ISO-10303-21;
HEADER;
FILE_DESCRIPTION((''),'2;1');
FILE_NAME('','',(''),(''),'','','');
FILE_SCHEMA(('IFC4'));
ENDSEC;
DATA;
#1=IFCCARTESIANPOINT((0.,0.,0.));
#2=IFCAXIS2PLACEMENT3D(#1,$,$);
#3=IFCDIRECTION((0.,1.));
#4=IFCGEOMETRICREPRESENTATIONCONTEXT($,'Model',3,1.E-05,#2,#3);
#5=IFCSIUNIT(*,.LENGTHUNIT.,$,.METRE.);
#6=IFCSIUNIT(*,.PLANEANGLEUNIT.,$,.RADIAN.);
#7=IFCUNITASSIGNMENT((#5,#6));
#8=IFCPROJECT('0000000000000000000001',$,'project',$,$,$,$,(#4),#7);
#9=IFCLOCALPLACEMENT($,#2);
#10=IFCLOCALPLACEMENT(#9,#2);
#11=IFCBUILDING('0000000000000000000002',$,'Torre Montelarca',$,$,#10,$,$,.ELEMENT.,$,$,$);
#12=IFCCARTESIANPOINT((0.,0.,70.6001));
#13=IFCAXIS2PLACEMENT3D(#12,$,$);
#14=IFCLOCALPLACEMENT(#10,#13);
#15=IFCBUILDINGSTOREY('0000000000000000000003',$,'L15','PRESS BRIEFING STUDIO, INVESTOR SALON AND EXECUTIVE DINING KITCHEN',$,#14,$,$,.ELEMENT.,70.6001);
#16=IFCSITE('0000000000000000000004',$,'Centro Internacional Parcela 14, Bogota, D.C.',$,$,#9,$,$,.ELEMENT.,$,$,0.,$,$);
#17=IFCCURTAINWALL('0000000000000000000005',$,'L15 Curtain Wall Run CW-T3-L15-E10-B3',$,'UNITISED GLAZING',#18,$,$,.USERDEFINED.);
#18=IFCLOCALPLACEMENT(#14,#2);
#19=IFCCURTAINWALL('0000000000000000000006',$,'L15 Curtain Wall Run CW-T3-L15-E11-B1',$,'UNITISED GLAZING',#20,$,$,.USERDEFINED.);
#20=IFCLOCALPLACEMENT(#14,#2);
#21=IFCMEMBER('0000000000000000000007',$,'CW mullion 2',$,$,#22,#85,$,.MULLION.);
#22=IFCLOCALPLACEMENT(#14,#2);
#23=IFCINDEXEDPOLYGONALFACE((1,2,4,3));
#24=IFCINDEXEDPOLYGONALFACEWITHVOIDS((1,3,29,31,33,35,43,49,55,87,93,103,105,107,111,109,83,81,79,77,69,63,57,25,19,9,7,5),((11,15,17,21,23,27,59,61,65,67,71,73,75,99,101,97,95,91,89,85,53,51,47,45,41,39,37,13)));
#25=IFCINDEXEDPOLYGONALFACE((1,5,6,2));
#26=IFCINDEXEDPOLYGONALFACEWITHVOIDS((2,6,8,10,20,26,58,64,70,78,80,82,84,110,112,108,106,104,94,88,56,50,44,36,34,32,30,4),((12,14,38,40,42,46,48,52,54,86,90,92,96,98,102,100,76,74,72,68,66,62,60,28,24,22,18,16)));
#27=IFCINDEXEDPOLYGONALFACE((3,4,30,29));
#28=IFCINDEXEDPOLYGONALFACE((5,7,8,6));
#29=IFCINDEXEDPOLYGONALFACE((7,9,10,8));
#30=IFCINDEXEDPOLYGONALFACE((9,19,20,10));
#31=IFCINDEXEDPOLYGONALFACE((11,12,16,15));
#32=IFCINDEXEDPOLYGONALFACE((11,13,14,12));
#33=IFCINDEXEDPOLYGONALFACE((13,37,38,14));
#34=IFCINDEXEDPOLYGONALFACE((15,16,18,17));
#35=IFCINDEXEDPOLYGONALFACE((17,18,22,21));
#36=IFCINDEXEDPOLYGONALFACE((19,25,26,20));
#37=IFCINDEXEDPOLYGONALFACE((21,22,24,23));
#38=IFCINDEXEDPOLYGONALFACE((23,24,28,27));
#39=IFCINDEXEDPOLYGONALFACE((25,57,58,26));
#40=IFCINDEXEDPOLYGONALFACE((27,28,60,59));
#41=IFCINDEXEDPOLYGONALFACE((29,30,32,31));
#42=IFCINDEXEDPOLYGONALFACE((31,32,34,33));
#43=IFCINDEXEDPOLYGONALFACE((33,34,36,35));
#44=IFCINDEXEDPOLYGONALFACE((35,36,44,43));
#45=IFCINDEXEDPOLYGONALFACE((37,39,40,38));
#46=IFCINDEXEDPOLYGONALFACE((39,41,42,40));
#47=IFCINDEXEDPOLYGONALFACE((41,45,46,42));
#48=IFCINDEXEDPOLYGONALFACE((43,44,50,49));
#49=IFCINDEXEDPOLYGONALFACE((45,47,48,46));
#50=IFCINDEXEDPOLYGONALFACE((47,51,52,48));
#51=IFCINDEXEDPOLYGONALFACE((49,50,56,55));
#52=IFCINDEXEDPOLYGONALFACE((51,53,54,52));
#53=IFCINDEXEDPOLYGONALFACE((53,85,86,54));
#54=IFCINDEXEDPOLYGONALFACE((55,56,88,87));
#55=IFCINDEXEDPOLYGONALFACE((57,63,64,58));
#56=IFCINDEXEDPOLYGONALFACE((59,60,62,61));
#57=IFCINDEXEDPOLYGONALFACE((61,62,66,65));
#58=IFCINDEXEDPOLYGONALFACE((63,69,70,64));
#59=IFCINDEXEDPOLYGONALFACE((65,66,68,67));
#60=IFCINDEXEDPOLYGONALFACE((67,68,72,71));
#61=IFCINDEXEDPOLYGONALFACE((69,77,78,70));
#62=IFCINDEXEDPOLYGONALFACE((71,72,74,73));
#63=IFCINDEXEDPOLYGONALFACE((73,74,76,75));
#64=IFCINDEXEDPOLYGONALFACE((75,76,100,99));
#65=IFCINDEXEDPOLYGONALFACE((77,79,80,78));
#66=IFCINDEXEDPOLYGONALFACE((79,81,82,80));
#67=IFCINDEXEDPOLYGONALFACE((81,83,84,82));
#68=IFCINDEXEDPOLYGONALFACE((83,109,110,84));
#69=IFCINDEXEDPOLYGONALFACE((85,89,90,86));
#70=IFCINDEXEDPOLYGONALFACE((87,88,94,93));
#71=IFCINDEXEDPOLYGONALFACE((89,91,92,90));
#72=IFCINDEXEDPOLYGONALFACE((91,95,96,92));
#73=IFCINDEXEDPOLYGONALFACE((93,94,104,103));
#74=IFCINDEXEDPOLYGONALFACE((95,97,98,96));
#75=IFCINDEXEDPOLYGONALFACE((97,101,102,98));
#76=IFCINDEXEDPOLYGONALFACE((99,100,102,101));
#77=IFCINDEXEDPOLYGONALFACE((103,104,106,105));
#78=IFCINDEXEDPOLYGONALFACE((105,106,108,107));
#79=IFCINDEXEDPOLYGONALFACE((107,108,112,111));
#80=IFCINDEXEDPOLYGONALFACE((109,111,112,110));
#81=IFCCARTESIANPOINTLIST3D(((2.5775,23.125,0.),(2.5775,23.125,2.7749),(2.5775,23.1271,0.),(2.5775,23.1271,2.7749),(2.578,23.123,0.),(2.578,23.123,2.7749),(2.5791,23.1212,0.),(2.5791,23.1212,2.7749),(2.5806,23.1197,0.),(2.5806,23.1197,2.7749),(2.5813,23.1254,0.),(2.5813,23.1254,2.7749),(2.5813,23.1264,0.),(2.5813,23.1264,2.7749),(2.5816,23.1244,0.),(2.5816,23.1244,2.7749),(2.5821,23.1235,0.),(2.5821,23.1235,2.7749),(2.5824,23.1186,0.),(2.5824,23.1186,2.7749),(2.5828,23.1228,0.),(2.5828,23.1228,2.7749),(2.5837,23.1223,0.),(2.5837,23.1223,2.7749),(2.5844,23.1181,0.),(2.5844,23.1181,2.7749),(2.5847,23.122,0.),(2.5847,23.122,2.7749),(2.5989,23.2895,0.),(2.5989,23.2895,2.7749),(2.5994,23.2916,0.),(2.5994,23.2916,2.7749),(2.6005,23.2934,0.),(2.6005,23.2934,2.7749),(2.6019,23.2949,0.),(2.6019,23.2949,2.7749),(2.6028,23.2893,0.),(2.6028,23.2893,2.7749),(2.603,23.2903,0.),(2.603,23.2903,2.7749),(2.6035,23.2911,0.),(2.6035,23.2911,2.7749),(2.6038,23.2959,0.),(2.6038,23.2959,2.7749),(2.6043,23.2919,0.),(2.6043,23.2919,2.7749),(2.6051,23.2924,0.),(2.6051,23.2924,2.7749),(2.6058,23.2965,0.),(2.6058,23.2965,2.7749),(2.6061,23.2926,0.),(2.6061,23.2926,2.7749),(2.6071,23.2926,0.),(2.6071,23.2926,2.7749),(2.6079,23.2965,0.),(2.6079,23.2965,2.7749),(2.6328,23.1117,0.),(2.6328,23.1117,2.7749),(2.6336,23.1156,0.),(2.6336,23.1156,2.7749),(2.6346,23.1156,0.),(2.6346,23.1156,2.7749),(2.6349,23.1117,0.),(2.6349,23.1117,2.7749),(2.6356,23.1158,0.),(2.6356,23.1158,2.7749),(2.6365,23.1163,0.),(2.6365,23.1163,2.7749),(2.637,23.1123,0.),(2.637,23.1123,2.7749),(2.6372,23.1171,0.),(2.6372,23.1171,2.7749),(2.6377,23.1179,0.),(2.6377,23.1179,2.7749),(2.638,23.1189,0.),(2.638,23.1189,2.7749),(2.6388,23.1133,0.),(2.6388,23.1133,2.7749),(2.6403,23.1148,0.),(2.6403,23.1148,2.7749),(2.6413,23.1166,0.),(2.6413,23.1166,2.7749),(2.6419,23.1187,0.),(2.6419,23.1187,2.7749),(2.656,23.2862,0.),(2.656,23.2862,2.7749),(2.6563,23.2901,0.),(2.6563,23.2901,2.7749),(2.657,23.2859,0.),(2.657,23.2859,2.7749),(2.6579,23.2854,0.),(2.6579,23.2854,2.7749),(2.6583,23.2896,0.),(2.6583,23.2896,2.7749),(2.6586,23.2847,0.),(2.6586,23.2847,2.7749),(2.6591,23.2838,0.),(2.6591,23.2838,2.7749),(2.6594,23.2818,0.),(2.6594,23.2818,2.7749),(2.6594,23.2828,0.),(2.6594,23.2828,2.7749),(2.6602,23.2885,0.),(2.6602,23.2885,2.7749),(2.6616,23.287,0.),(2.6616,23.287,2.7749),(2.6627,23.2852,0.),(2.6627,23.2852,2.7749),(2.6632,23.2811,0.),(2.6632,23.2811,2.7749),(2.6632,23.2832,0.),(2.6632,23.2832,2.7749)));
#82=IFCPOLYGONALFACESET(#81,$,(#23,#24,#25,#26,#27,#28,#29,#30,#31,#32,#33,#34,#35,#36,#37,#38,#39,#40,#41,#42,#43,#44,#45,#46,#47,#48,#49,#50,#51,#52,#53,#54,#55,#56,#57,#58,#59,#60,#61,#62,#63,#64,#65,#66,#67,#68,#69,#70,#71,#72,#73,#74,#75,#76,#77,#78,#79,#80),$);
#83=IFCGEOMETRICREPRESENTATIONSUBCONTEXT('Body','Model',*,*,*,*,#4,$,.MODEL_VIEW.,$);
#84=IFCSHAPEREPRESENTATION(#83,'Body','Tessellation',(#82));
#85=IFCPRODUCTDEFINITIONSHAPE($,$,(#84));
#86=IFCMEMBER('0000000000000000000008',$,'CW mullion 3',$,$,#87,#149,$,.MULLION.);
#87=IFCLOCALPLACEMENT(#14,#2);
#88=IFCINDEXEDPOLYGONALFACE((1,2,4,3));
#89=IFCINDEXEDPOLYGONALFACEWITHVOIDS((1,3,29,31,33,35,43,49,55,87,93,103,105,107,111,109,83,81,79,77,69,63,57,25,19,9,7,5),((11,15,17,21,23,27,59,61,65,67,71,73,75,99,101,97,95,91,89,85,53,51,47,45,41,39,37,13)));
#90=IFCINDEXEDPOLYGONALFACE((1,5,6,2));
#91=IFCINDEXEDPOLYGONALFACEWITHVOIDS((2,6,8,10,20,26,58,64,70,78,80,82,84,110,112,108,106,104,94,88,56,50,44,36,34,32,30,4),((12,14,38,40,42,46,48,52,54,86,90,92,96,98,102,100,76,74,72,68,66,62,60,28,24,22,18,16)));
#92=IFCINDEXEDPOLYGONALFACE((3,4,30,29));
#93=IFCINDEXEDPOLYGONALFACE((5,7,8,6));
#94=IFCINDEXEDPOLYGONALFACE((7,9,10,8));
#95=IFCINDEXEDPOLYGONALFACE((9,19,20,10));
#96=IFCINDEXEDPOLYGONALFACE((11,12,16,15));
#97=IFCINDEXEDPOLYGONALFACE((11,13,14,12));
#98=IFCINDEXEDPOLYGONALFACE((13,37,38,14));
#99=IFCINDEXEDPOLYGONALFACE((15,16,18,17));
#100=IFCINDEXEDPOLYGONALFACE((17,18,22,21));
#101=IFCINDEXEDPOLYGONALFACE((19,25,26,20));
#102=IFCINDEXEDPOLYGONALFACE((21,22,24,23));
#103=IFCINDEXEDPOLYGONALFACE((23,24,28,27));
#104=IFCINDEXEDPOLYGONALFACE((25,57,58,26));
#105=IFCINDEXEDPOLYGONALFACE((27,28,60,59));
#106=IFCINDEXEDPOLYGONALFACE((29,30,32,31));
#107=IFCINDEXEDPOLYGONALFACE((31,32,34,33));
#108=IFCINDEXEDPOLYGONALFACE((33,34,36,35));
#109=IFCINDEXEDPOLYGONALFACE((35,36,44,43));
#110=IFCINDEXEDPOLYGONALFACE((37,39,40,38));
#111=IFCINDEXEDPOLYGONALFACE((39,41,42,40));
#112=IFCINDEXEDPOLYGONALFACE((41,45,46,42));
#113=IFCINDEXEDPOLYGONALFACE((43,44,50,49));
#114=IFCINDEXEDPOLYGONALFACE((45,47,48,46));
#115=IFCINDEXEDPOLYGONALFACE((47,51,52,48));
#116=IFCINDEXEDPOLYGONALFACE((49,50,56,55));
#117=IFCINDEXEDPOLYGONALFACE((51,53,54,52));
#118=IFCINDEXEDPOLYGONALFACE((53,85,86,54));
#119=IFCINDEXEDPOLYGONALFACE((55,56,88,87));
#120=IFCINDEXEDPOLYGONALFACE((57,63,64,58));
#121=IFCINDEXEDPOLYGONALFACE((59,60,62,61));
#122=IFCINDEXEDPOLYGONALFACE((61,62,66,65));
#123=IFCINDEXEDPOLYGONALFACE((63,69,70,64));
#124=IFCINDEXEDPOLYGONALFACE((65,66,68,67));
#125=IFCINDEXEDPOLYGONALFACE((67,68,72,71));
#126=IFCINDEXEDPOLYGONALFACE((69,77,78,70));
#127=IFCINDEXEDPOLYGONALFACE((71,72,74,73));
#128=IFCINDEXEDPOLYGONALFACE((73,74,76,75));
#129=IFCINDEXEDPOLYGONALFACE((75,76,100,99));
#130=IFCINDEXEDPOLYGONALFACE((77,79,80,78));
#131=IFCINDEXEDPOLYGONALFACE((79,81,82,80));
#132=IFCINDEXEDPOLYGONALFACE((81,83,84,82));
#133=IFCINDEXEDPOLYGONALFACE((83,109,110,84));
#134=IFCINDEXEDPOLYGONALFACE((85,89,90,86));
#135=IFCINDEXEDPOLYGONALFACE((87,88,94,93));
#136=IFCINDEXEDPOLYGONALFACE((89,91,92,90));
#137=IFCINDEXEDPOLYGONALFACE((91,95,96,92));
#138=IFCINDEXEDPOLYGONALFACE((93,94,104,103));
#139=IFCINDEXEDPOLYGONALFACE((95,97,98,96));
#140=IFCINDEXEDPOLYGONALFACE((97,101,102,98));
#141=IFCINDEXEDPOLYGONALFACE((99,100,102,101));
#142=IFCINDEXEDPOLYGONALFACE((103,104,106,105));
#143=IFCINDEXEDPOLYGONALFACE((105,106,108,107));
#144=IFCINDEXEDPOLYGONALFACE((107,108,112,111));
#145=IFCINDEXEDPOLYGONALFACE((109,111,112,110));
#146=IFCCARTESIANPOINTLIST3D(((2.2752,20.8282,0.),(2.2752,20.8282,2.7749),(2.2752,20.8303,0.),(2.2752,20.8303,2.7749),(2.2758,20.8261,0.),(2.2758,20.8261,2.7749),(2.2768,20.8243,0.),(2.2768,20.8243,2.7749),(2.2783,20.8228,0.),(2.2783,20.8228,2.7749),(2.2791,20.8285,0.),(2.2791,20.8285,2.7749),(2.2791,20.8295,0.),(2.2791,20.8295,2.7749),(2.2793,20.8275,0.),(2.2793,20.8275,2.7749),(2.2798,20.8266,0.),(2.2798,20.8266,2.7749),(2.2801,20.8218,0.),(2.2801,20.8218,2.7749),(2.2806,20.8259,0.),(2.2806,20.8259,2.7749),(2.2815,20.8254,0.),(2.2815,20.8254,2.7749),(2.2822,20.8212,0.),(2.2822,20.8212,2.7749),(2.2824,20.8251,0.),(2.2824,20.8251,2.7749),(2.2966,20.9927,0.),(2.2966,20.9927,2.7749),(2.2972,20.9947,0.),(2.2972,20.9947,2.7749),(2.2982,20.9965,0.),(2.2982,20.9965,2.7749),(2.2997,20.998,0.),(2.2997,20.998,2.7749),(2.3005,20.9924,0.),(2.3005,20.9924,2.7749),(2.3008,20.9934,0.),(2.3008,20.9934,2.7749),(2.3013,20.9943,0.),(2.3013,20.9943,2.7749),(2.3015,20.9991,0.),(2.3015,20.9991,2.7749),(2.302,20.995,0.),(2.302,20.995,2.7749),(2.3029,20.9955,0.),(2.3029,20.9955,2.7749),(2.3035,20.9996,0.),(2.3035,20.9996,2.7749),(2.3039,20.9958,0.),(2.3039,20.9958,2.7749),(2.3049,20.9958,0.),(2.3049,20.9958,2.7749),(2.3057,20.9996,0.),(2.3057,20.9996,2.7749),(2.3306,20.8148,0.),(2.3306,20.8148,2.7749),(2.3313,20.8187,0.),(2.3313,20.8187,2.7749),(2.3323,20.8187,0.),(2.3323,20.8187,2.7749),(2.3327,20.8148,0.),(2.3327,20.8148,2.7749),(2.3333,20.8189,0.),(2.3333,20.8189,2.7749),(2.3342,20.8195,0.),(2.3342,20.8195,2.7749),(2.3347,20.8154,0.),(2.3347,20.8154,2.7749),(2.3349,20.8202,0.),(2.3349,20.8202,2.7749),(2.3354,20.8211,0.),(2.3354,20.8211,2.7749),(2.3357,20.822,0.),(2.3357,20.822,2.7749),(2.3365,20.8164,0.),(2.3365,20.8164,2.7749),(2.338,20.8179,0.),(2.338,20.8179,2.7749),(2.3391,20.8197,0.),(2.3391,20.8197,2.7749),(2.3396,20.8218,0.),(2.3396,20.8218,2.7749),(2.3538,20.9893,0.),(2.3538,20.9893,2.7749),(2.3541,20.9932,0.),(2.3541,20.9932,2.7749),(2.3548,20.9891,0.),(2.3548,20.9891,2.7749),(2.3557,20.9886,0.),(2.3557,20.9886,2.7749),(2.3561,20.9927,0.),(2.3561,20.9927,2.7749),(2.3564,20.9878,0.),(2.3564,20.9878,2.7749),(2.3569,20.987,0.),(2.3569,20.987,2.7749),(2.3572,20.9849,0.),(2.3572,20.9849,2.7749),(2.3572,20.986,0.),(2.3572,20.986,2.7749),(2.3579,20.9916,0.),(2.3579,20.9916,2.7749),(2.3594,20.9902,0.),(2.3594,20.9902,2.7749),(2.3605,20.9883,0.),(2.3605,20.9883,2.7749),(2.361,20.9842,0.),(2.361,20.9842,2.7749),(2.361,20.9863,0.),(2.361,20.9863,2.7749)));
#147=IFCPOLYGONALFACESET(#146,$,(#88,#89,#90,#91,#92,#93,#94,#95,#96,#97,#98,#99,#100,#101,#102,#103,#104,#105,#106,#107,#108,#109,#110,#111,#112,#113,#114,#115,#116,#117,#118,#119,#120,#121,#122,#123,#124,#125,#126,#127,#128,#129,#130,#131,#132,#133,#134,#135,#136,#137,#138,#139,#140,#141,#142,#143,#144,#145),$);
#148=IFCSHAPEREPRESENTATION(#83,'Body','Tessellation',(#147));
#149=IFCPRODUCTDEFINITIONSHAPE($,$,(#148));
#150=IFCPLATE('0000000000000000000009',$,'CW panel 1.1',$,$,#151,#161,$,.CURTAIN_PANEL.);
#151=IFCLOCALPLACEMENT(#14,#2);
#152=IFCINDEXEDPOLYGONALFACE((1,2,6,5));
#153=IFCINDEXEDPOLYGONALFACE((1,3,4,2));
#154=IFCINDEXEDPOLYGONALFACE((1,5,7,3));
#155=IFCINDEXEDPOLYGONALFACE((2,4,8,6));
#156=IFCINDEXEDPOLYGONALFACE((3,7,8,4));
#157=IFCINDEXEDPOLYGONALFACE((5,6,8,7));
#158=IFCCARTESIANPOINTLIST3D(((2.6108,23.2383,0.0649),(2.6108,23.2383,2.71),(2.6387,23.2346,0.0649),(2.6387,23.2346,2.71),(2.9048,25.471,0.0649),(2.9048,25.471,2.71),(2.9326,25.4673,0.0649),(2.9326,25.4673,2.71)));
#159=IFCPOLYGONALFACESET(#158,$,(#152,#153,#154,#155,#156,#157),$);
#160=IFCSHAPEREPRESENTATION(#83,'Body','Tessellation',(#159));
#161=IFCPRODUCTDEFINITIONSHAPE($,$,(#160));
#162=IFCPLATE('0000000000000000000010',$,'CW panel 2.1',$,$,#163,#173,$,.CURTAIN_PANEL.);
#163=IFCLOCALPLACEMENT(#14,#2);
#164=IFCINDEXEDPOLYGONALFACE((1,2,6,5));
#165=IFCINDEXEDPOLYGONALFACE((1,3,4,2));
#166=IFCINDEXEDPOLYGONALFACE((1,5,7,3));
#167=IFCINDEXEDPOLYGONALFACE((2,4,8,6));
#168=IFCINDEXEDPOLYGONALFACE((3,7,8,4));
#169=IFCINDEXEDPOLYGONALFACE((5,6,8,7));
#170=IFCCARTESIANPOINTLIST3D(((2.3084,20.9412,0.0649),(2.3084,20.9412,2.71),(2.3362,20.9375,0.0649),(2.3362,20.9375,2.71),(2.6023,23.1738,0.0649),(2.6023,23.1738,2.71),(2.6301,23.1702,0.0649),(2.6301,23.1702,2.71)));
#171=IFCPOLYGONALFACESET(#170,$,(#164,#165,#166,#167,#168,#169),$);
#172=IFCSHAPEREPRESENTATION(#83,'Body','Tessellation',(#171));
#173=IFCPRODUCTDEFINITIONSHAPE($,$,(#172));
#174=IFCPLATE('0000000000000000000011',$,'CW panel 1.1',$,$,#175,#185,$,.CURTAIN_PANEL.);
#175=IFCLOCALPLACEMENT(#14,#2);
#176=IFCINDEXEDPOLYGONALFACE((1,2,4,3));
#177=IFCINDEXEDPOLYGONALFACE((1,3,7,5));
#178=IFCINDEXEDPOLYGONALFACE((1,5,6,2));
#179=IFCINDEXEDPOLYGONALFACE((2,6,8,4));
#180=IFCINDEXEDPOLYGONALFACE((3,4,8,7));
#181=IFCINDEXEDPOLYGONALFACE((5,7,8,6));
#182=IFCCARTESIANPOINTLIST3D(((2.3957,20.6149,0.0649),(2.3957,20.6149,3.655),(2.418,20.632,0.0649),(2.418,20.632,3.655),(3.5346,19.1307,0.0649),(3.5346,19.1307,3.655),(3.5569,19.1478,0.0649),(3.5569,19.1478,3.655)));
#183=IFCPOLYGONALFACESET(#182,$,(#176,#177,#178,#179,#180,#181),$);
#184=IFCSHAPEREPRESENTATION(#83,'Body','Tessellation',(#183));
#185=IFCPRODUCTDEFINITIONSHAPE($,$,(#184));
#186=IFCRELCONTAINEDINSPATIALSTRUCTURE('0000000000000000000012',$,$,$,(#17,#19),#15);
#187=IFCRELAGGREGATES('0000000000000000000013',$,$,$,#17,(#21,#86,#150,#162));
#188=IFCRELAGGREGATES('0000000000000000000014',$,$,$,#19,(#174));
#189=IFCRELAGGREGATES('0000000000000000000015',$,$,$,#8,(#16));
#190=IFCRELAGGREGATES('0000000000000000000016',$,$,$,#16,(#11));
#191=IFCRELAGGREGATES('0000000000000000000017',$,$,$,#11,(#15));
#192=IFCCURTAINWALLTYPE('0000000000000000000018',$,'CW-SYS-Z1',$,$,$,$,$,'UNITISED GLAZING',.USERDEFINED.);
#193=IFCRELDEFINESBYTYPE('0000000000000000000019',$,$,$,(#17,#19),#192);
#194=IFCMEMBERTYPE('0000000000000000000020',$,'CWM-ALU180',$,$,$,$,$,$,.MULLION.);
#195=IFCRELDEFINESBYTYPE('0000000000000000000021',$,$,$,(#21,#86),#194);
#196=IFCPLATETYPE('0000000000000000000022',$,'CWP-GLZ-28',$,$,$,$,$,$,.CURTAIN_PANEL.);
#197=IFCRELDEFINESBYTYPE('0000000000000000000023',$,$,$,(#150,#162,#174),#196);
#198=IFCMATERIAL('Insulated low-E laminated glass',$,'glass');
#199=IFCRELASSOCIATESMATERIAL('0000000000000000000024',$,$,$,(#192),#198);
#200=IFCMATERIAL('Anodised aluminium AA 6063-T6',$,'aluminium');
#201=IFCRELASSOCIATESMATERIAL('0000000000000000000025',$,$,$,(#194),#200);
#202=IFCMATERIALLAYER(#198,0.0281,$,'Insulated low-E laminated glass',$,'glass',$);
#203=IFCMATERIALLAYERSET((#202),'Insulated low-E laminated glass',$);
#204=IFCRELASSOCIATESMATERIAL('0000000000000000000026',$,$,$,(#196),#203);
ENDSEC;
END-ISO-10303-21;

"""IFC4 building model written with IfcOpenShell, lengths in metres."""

from ifc_helpers import new_model, si_unit, direction, frame, origin, origin_2d, place, context, subcontext, project, spatial, rectangle, hollow_rectangle, extrude, source, transform, mapped, material, layer, layer_set, material_profile, profile_set, type_object, element, aggregate, save


model = new_model("IFC4")

# Units and contexts
model_context = context("Model", 3, precision=1e-05, world=origin(), true_north=direction((0.0, 1.0)))
body_context = subcontext(model_context, "Body", "Model", "MODEL_VIEW")
ifc_project = project(units=[si_unit("LENGTHUNIT", "METRE"), si_unit("PLANEANGLEUNIT", "RADIAN")], contexts=[model_context])

# Site, building, storey
site_placement = place(None, origin())
site = spatial("IfcSite", under=ifc_project, at=site_placement, Name="Centro Internacional Parcela 14, Bogota, D.C.", CompositionType="ELEMENT", RefElevation=0.0)
building_placement = place(site_placement, origin())
building = spatial("IfcBuilding", under=site, at=building_placement, Name="Torre Montelarca", CompositionType="ELEMENT")
storey_placement = place(building_placement, frame((0.0, 0.0, 70.6001)))
storey = spatial("IfcBuildingStorey", under=building, at=storey_placement, Name="L15", Description="PRESS BRIEFING STUDIO, INVESTOR SALON AND EXECUTIVE DINING KITCHEN", CompositionType="ELEMENT", Elevation=70.6001)

# Curtain walls
ifc_material_1 = material(Name="Insulated low-E laminated glass", Category="glass")
curtain_wall_type = type_object("IfcCurtainWallType", Name="CW-SYS-Z1", ElementType="UNITISED GLAZING", PredefinedType="USERDEFINED", material=ifc_material_1)
curtain_wall_1_placement = place(storey_placement, origin())
curtain_wall_1 = element("IfcCurtainWall", 1, at=curtain_wall_1_placement, inside=storey, type_object=curtain_wall_type, Name="L15 Curtain Wall Run CW-T3-L15-E10-B3", ObjectType="UNITISED GLAZING", PredefinedType="USERDEFINED")
ifc_material_2 = material(Name="Anodised aluminium AA 6063-T6", Category="aluminium")
curtain_wall_2_placement = place(storey_placement, origin())
curtain_wall_2 = element("IfcCurtainWall", 2, at=curtain_wall_2_placement, inside=storey, type_object=curtain_wall_type, Name="L15 Curtain Wall Run CW-T3-L15-E11-B1", ObjectType="UNITISED GLAZING", PredefinedType="USERDEFINED")
ifc_material_profile_1 = material_profile(ifc_material_2, hollow_rectangle(XDim=0.0649, YDim=0.1799, WallThickness=0.0039, InnerFilletRadius=0.0039, OuterFilletRadius=0.0081, at=origin_2d()), Name="ALU65X180X4", Category="aluminium")
ifc_profile_set_1 = profile_set([ifc_material_profile_1], Name="Anodised aluminium AA 6063-T6")
member_type_1 = type_object("IfcMemberType", Name="CWM-ALU180", PredefinedType="MULLION", material=ifc_profile_set_1)

# Members
shared_shape_1 = source(origin(), body_context, "Body", "SweptSolid", [
    extrude(hollow_rectangle(XDim=0.0649, YDim=0.1799, WallThickness=0.0039, InnerFilletRadius=0.0039, OuterFilletRadius=0.0081, at=origin_2d()), origin(), (0.0, 0.0, 1.0), 2.7749),
])
member_1_placement = place(storey_placement, frame((2.6204, 23.2041, 0.0), z_axis=(0.0, 0.0, 1.0), x_axis=(0.991445, -0.130526, 0.0)))
member_1 = element("IfcMember", 3, at=member_1_placement, type_object=member_type_1, Name="CW mullion 2", PredefinedType="MULLION", context=body_context, shape_type="MappedRepresentation", body=[
    mapped(shared_shape_1, transform((0.0, 0.0, 0.0), scale=1.0)),
])
member_2_placement = place(storey_placement, frame((2.3181, 20.9072, 0.0), z_axis=(0.0, 0.0, 1.0), x_axis=(0.991445, -0.130526, 0.0)))
member_2 = element("IfcMember", 4, at=member_2_placement, type_object=member_type_1, Name="CW mullion 3", PredefinedType="MULLION", context=body_context, shape_type="MappedRepresentation", body=[
    mapped(shared_shape_1, transform((0.0, 0.0, 0.0), scale=1.0)),
])

# Plates
ifc_layer_1 = layer(ifc_material_1, 0.0281, Name="Insulated low-E laminated glass", Category="glass")
ifc_layer_set_1 = layer_set([ifc_layer_1], Name="Insulated low-E laminated glass")
plate_type = type_object("IfcPlateType", Name="CWP-GLZ-28", PredefinedType="CURTAIN_PANEL", material=ifc_layer_set_1)
shared_shape_2 = source(origin(), body_context, "Body", "SweptSolid", [
    extrude(rectangle(XDim=2.252, YDim=0.0281, at=origin_2d()), origin(), (0.0, 0.0, 1.0), 2.645),
])
plate_1_placement = place(storey_placement, frame((2.7717, 24.3528, 0.0649), z_axis=(0.0, 0.0, 1.0), x_axis=(-0.130526, -0.991445, 0.0)))
plate_1 = element("IfcPlate", 5, at=plate_1_placement, type_object=plate_type, Name="CW panel 1.1", PredefinedType="CURTAIN_PANEL", context=body_context, shape_type="MappedRepresentation", body=[
    mapped(shared_shape_2, transform((0.0, 0.0, 0.0), scale=1.0)),
])
plate_2_placement = place(storey_placement, frame((2.4692, 22.0557, 0.0649), z_axis=(0.0, 0.0, 1.0), x_axis=(-0.130526, -0.991445, 0.0)))
plate_2 = element("IfcPlate", 6, at=plate_2_placement, type_object=plate_type, Name="CW panel 2.1", PredefinedType="CURTAIN_PANEL", context=body_context, shape_type="MappedRepresentation", body=[
    mapped(shared_shape_2, transform((0.0, 0.0, 0.0), scale=1.0)),
])
aggregate(curtain_wall_1, [member_1, member_2, plate_1, plate_2])
shared_shape_3 = source(origin(), body_context, "Body", "SweptSolid", [
    extrude(rectangle(XDim=1.8708, YDim=0.0281, at=origin_2d()), origin(), (0.0, 0.0, 1.0), 3.5901),
])
plate_3_placement = place(storey_placement, frame((2.9763, 19.8813, 0.0649), z_axis=(0.0, 0.0, 1.0), x_axis=(0.608763, -0.793352, 0.0)))
plate_3 = element("IfcPlate", 7, at=plate_3_placement, type_object=plate_type, Name="CW panel 1.1", PredefinedType="CURTAIN_PANEL", context=body_context, shape_type="MappedRepresentation", body=[
    mapped(shared_shape_3, transform((0.0, 0.0, 0.0), scale=1.0)),
])
aggregate(curtain_wall_2, [plate_3])

save(model, "model.ifc")
